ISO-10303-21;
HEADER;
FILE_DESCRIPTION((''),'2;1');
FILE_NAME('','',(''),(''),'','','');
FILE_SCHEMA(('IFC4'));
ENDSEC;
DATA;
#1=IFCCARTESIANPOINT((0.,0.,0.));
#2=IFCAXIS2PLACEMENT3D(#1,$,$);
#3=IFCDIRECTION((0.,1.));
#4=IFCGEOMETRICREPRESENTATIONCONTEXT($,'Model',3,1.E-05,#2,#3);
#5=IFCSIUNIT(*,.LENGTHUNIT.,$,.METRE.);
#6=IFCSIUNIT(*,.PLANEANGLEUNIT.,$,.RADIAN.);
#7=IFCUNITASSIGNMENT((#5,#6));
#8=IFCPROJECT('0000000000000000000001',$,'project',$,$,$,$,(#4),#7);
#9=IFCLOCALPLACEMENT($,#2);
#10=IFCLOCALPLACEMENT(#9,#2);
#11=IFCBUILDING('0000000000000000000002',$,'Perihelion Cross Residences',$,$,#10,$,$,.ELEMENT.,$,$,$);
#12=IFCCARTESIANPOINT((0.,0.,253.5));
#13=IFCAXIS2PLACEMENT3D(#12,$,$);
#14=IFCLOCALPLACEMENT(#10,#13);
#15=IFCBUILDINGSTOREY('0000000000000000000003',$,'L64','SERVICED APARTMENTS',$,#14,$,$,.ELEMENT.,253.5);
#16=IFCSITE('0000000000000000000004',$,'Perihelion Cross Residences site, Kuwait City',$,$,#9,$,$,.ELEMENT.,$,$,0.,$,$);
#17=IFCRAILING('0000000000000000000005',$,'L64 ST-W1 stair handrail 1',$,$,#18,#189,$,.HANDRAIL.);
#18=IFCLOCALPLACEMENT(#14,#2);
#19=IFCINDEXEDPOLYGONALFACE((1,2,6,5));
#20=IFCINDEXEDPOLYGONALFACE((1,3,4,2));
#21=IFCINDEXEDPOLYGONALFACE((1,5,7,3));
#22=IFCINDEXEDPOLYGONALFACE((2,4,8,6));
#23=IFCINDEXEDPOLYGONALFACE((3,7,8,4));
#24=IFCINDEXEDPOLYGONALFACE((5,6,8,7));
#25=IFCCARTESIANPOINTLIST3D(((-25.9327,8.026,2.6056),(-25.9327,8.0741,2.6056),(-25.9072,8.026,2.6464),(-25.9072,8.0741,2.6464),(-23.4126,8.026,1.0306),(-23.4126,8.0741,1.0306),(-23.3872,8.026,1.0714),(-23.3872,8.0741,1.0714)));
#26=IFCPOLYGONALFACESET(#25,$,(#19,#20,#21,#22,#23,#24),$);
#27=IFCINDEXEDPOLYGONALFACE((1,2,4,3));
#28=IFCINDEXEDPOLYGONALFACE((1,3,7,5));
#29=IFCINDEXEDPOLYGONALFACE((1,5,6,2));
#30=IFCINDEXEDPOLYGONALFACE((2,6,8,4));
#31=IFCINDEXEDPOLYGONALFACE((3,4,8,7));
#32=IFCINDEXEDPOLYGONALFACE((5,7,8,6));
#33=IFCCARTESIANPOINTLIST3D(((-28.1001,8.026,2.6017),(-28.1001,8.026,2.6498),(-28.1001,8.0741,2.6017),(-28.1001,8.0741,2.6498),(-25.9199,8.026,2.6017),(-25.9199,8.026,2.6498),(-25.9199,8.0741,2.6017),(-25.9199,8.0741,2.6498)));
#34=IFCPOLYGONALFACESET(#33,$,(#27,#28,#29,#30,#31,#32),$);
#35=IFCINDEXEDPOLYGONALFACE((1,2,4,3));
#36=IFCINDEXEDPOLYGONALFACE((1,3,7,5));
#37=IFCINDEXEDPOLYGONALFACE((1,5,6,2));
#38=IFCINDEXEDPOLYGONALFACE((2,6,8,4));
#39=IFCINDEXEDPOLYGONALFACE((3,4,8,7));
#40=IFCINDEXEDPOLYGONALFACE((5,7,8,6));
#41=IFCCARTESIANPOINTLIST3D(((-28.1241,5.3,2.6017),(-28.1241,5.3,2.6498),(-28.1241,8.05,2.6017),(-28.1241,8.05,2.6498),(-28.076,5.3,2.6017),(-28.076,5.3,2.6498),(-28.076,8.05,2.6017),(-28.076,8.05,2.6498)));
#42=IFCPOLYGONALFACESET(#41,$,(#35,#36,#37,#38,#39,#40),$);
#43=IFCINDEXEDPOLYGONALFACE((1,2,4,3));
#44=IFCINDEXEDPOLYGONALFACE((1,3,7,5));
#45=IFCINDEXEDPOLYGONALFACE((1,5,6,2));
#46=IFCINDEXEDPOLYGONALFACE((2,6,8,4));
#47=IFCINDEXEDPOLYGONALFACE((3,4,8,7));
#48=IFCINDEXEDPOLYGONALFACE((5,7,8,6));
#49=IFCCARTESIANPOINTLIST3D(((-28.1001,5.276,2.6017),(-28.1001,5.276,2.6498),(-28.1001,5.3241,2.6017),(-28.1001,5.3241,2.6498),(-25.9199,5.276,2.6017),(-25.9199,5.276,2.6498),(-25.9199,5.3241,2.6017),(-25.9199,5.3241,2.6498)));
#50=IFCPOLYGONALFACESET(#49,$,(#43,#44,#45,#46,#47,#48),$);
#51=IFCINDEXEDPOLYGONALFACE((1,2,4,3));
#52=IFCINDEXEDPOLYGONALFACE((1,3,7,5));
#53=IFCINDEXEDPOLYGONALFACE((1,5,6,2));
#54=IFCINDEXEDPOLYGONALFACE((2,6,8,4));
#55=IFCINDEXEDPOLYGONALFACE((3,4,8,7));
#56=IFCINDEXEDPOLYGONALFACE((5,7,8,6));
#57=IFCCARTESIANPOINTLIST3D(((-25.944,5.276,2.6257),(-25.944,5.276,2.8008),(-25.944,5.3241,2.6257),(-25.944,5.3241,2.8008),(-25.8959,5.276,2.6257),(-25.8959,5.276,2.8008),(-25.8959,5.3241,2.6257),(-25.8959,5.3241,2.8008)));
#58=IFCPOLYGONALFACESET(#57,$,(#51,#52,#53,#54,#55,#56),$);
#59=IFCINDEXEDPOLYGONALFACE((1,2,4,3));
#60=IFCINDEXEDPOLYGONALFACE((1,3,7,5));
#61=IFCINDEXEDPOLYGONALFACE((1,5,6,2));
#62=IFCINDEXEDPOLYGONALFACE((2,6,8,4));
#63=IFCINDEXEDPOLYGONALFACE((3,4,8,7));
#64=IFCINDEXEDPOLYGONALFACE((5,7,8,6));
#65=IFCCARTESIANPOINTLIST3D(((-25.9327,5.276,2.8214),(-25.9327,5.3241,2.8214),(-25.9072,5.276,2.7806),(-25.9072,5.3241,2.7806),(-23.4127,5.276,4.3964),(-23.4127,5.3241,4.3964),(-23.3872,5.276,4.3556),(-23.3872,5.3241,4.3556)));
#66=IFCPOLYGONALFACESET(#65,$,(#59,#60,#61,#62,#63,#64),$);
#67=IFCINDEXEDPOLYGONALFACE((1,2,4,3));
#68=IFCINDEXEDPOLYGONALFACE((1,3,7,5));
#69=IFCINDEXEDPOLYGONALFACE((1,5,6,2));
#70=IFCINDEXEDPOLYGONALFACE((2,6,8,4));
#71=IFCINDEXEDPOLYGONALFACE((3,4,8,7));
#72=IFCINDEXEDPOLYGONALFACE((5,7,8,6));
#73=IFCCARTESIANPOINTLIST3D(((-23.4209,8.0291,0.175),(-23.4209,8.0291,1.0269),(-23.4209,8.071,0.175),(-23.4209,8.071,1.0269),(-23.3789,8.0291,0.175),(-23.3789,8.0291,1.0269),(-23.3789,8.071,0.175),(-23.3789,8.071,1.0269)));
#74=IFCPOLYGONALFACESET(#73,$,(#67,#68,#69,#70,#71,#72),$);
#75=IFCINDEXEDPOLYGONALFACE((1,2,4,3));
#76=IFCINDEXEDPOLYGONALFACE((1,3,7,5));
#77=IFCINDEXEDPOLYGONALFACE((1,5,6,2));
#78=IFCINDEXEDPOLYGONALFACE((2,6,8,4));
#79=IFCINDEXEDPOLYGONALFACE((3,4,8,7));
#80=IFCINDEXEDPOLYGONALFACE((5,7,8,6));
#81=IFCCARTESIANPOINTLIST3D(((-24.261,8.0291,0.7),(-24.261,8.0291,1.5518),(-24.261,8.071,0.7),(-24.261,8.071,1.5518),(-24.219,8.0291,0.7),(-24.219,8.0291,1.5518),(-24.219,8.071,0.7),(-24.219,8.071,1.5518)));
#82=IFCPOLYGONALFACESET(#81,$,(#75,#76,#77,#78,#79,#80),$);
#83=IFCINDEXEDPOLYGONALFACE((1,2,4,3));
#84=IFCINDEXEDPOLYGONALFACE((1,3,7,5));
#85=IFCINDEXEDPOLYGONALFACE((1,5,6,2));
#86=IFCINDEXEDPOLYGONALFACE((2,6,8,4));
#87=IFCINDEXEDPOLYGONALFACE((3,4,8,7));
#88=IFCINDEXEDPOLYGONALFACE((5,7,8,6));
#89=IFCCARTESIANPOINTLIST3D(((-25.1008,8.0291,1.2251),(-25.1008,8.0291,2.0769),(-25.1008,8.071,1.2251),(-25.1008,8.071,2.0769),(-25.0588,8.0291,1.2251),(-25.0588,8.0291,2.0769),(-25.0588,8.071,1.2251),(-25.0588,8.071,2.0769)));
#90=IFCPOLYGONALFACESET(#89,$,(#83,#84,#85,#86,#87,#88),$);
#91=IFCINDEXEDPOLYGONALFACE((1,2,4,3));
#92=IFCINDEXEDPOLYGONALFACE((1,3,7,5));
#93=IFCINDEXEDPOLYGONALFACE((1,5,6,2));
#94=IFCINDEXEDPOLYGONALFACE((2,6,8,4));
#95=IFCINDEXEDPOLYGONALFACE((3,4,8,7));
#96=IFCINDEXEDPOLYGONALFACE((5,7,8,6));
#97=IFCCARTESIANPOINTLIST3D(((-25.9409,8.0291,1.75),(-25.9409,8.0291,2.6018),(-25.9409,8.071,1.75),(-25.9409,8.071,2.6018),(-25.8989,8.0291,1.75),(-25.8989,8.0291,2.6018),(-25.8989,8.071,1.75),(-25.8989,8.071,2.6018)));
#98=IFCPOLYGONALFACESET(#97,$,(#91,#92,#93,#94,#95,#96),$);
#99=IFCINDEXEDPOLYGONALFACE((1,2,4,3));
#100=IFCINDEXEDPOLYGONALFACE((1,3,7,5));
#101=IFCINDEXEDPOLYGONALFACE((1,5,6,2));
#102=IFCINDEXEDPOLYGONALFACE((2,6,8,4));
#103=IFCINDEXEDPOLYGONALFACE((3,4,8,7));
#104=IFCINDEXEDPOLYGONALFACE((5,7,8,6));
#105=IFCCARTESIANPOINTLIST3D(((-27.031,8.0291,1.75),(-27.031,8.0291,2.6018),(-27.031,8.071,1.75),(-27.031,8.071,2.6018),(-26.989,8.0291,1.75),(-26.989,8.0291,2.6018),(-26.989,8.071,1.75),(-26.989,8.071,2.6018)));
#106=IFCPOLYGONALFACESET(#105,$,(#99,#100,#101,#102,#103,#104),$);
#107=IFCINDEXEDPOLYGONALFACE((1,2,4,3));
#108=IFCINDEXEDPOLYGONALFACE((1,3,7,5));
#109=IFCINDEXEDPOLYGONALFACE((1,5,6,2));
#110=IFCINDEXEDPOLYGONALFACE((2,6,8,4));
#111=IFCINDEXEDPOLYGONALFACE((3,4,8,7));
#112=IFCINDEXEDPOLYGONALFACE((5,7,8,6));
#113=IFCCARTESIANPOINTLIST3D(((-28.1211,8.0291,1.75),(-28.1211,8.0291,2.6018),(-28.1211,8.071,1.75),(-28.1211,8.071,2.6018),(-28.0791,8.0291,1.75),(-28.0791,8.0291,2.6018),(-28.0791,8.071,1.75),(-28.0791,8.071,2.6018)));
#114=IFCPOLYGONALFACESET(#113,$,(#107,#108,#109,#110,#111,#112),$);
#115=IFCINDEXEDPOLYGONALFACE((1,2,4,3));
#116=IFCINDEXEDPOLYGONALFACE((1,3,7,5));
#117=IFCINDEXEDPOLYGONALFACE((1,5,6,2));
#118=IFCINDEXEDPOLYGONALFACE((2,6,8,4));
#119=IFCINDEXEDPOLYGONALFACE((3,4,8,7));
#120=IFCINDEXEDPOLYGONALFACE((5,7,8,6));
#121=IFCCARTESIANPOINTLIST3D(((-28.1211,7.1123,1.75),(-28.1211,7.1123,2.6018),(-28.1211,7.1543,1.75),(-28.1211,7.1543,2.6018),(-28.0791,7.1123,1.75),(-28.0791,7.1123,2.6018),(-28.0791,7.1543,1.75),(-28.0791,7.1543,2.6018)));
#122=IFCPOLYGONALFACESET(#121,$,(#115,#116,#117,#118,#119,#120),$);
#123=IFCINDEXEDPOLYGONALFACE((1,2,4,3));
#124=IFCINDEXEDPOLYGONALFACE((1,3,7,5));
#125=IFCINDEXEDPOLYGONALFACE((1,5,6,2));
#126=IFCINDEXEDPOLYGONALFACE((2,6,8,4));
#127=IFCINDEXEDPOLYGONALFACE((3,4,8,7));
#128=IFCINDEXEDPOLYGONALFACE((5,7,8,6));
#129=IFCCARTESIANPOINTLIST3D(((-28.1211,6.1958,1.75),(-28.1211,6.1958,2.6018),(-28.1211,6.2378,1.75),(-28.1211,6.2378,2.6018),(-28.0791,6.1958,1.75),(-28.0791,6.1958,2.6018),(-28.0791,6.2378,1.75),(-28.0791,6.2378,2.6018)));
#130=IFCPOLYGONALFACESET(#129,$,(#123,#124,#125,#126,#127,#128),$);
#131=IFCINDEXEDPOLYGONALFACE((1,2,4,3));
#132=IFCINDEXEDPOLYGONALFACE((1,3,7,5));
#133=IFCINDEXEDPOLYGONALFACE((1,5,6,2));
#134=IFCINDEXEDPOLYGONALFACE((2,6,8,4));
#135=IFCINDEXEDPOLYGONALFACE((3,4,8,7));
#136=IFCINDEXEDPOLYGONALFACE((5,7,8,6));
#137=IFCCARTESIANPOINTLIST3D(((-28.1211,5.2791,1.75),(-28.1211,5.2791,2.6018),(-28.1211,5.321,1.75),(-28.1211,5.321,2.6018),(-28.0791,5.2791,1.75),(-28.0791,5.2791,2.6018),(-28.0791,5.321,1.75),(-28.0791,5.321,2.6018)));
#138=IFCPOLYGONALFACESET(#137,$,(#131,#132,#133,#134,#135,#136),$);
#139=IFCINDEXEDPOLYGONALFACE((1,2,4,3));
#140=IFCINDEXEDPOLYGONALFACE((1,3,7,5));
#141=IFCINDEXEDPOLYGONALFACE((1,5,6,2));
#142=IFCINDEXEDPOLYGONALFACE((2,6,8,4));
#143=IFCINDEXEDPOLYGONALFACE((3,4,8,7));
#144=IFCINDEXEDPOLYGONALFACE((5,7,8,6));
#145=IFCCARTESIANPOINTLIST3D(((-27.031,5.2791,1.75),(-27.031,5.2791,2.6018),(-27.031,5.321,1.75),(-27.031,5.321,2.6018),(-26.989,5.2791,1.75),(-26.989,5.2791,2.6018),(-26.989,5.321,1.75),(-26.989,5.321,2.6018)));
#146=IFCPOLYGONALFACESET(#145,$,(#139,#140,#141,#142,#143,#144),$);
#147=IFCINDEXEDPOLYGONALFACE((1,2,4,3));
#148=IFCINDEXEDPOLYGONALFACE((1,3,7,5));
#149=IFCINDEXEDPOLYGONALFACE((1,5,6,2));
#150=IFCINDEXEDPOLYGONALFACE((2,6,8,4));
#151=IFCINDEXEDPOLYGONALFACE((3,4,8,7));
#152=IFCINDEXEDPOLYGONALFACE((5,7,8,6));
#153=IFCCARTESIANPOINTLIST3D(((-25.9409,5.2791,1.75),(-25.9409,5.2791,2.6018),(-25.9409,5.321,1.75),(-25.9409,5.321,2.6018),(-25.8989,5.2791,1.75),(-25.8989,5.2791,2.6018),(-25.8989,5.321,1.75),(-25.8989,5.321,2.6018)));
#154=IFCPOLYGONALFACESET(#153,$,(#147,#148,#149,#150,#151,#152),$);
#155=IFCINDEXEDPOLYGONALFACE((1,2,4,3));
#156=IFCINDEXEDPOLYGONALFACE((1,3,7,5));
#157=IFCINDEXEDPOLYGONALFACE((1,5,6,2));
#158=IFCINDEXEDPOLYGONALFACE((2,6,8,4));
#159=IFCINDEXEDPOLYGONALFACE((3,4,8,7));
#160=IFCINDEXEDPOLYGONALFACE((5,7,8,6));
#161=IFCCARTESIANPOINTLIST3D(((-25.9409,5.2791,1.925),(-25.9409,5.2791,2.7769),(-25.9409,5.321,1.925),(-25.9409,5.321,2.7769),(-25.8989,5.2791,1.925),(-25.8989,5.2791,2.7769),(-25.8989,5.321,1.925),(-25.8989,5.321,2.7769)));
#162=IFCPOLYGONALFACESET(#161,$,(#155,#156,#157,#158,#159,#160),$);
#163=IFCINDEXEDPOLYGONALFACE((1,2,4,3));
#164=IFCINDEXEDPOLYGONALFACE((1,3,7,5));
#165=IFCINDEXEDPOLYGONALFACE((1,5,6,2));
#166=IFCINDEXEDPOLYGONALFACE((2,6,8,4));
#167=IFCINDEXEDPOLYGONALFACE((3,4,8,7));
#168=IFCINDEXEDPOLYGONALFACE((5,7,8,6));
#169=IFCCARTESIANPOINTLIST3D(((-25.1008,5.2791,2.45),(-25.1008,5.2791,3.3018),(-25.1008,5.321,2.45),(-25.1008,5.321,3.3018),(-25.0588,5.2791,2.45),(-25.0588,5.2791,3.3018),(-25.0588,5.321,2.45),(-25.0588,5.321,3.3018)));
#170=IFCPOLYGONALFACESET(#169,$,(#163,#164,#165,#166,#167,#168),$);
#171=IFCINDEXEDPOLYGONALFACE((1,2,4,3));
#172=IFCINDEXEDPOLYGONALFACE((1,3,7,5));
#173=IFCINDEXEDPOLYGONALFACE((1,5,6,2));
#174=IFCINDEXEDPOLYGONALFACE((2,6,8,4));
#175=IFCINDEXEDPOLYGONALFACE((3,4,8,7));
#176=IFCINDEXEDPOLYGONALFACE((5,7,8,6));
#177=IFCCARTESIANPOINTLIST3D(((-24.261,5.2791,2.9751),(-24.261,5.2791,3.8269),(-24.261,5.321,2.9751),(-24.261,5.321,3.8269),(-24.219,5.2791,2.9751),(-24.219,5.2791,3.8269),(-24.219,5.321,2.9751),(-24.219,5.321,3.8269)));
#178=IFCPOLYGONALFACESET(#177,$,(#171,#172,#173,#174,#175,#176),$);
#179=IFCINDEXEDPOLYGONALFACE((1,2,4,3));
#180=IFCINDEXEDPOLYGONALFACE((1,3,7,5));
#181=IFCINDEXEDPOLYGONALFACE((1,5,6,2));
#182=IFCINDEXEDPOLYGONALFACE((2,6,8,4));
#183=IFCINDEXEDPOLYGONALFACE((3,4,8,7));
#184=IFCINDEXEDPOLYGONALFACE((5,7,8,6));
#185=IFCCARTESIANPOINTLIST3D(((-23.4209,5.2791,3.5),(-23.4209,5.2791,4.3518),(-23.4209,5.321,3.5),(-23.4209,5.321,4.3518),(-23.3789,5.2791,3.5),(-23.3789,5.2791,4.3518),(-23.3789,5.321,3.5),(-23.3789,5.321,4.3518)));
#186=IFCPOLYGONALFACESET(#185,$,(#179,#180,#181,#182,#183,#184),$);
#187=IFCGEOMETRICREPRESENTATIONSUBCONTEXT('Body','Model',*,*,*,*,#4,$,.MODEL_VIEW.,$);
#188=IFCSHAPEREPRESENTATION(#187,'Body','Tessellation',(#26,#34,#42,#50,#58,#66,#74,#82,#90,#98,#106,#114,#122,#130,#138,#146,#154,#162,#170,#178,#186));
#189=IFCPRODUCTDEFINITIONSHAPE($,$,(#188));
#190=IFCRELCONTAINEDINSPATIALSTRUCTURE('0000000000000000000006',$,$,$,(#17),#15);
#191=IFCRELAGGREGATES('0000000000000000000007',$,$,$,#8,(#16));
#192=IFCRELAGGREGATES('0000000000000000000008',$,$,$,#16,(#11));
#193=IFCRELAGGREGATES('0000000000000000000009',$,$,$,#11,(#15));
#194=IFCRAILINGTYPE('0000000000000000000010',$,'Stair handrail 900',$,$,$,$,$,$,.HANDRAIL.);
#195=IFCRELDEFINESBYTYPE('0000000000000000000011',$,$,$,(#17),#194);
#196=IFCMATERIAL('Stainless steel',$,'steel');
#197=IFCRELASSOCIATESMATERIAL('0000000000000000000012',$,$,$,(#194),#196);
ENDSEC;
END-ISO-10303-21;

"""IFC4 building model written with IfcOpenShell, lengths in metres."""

from ifc_helpers import new_model, si_unit, direction, frame, origin, origin_2d, place, context, subcontext, project, spatial, rectangle, extrude, material, type_object, element, save


model = new_model("IFC4")

# Units and contexts
model_context = context("Model", 3, precision=1e-05, world=origin(), true_north=direction((0.0, 1.0)))
body_context = subcontext(model_context, "Body", "Model", "MODEL_VIEW")
ifc_project = project(units=[si_unit("LENGTHUNIT", "METRE"), si_unit("PLANEANGLEUNIT", "RADIAN")], contexts=[model_context])

# Site, building, storey
site_placement = place(None, origin())
site = spatial("IfcSite", under=ifc_project, at=site_placement, Name="Perihelion Cross Residences site, Kuwait City", CompositionType="ELEMENT", RefElevation=0.0)
building_placement = place(site_placement, origin())
building = spatial("IfcBuilding", under=site, at=building_placement, Name="Perihelion Cross Residences", CompositionType="ELEMENT")
storey_placement = place(building_placement, frame((0.0, 0.0, 253.5)))
storey = spatial("IfcBuildingStorey", under=building, at=storey_placement, Name="L64", Description="SERVICED APARTMENTS", CompositionType="ELEMENT", Elevation=253.5)

# Railing
ifc_material_1 = material(Name="Stainless steel", Category="steel")
railing_type_1 = type_object("IfcRailingType", Name="Stair handrail 900", PredefinedType="HANDRAIL", material=ifc_material_1)
railing_1_placement = place(storey_placement, frame((-23.3999, 8.05, 0.175)))
element("IfcRailing", 1, at=railing_1_placement, inside=storey, type_object=railing_type_1, Name="L64 ST-W1 stair handrail 1", PredefinedType="HANDRAIL", context=body_context, shape_type="SweptSolid", body=[
    extrude(rectangle(XDim=0.0481, YDim=0.0481, at=origin_2d()), frame((0.0, 0.0, 0.876), z_axis=(-0.848008, 0.0, 0.529984), x_axis=(0.0, -1.0, 0.0)), (0.0, 0.0, 1.0), 2.9717),
    extrude(rectangle(XDim=0.0481, YDim=0.0481, at=origin_2d()), frame((-2.52, 0.0, 2.4507), z_axis=(-1.0, 0.0, 0.0), x_axis=(0.0, -1.0, 0.0)), (0.0, 0.0, 1.0), 2.1802),
    extrude(rectangle(XDim=0.0481, YDim=0.0481, at=origin_2d()), frame((-4.7002, 0.0, 2.4507), z_axis=(0.0, -1.0, 0.0), x_axis=(1.0, 0.0, 0.0)), (0.0, 0.0, 1.0), 2.75),
    extrude(rectangle(XDim=0.0481, YDim=0.0481, at=origin_2d()), frame((-4.7002, -2.75, 2.4507), z_axis=(1.0, 0.0, 0.0), x_axis=(0.0, 1.0, 0.0)), (0.0, 0.0, 1.0), 2.1802),
    extrude(rectangle(XDim=0.0481, YDim=0.0481, at=origin_2d()), frame((-2.52, -2.75, 2.4507), z_axis=(0.0, 0.0, 1.0), x_axis=(1.0, 0.0, 0.0)), (0.0, 0.0, 1.0), 0.175),
    extrude(rectangle(XDim=0.0481, YDim=0.0481, at=origin_2d()), frame((-2.52, -2.75, 2.626), z_axis=(0.848008, 0.0, 0.529984), x_axis=(0.0, 1.0, 0.0)), (0.0, 0.0, 1.0), 2.9717),
    extrude(rectangle(XDim=0.042, YDim=0.042, at=origin_2d()), origin(), (0.0, 0.0, 1.0), 0.8518),
    extrude(rectangle(XDim=0.042, YDim=0.042, at=origin_2d()), frame((-0.8401, 0.0, 0.5249)), (0.0, 0.0, 1.0), 0.8518),
    extrude(rectangle(XDim=0.042, YDim=0.042, at=origin_2d()), frame((-1.6799, 0.0, 1.05)), (0.0, 0.0, 1.0), 0.8518),
    extrude(rectangle(XDim=0.042, YDim=0.042, at=origin_2d()), frame((-2.52, 0.0, 1.575)), (0.0, 0.0, 1.0), 0.8518),
    extrude(rectangle(XDim=0.042, YDim=0.042, at=origin_2d()), frame((-3.6101, 0.0, 1.575)), (0.0, 0.0, 1.0), 0.8518),
    extrude(rectangle(XDim=0.042, YDim=0.042, at=origin_2d()), frame((-4.7002, 0.0, 1.575)), (0.0, 0.0, 1.0), 0.8518),
    extrude(rectangle(XDim=0.042, YDim=0.042, at=origin_2d()), frame((-4.7002, -0.9167, 1.575)), (0.0, 0.0, 1.0), 0.8518),
    extrude(rectangle(XDim=0.042, YDim=0.042, at=origin_2d()), frame((-4.7002, -1.8333, 1.575)), (0.0, 0.0, 1.0), 0.8518),
    extrude(rectangle(XDim=0.042, YDim=0.042, at=origin_2d()), frame((-4.7002, -2.75, 1.575)), (0.0, 0.0, 1.0), 0.8518),
    extrude(rectangle(XDim=0.042, YDim=0.042, at=origin_2d()), frame((-3.6101, -2.75, 1.575)), (0.0, 0.0, 1.0), 0.8518),
    extrude(rectangle(XDim=0.042, YDim=0.042, at=origin_2d()), frame((-2.52, -2.75, 1.575)), (0.0, 0.0, 1.0), 0.8518),
    extrude(rectangle(XDim=0.042, YDim=0.042, at=origin_2d()), frame((-2.52, -2.75, 1.75)), (0.0, 0.0, 1.0), 0.8518),
    extrude(rectangle(XDim=0.042, YDim=0.042, at=origin_2d()), frame((-1.6799, -2.75, 2.2749)), (0.0, 0.0, 1.0), 0.8518),
    extrude(rectangle(XDim=0.042, YDim=0.042, at=origin_2d()), frame((-0.8401, -2.75, 2.8)), (0.0, 0.0, 1.0), 0.8518),
    extrude(rectangle(XDim=0.042, YDim=0.042, at=origin_2d()), frame((0.0, -2.75, 3.325)), (0.0, 0.0, 1.0), 0.8518),
])

save(model, "model.ifc")
